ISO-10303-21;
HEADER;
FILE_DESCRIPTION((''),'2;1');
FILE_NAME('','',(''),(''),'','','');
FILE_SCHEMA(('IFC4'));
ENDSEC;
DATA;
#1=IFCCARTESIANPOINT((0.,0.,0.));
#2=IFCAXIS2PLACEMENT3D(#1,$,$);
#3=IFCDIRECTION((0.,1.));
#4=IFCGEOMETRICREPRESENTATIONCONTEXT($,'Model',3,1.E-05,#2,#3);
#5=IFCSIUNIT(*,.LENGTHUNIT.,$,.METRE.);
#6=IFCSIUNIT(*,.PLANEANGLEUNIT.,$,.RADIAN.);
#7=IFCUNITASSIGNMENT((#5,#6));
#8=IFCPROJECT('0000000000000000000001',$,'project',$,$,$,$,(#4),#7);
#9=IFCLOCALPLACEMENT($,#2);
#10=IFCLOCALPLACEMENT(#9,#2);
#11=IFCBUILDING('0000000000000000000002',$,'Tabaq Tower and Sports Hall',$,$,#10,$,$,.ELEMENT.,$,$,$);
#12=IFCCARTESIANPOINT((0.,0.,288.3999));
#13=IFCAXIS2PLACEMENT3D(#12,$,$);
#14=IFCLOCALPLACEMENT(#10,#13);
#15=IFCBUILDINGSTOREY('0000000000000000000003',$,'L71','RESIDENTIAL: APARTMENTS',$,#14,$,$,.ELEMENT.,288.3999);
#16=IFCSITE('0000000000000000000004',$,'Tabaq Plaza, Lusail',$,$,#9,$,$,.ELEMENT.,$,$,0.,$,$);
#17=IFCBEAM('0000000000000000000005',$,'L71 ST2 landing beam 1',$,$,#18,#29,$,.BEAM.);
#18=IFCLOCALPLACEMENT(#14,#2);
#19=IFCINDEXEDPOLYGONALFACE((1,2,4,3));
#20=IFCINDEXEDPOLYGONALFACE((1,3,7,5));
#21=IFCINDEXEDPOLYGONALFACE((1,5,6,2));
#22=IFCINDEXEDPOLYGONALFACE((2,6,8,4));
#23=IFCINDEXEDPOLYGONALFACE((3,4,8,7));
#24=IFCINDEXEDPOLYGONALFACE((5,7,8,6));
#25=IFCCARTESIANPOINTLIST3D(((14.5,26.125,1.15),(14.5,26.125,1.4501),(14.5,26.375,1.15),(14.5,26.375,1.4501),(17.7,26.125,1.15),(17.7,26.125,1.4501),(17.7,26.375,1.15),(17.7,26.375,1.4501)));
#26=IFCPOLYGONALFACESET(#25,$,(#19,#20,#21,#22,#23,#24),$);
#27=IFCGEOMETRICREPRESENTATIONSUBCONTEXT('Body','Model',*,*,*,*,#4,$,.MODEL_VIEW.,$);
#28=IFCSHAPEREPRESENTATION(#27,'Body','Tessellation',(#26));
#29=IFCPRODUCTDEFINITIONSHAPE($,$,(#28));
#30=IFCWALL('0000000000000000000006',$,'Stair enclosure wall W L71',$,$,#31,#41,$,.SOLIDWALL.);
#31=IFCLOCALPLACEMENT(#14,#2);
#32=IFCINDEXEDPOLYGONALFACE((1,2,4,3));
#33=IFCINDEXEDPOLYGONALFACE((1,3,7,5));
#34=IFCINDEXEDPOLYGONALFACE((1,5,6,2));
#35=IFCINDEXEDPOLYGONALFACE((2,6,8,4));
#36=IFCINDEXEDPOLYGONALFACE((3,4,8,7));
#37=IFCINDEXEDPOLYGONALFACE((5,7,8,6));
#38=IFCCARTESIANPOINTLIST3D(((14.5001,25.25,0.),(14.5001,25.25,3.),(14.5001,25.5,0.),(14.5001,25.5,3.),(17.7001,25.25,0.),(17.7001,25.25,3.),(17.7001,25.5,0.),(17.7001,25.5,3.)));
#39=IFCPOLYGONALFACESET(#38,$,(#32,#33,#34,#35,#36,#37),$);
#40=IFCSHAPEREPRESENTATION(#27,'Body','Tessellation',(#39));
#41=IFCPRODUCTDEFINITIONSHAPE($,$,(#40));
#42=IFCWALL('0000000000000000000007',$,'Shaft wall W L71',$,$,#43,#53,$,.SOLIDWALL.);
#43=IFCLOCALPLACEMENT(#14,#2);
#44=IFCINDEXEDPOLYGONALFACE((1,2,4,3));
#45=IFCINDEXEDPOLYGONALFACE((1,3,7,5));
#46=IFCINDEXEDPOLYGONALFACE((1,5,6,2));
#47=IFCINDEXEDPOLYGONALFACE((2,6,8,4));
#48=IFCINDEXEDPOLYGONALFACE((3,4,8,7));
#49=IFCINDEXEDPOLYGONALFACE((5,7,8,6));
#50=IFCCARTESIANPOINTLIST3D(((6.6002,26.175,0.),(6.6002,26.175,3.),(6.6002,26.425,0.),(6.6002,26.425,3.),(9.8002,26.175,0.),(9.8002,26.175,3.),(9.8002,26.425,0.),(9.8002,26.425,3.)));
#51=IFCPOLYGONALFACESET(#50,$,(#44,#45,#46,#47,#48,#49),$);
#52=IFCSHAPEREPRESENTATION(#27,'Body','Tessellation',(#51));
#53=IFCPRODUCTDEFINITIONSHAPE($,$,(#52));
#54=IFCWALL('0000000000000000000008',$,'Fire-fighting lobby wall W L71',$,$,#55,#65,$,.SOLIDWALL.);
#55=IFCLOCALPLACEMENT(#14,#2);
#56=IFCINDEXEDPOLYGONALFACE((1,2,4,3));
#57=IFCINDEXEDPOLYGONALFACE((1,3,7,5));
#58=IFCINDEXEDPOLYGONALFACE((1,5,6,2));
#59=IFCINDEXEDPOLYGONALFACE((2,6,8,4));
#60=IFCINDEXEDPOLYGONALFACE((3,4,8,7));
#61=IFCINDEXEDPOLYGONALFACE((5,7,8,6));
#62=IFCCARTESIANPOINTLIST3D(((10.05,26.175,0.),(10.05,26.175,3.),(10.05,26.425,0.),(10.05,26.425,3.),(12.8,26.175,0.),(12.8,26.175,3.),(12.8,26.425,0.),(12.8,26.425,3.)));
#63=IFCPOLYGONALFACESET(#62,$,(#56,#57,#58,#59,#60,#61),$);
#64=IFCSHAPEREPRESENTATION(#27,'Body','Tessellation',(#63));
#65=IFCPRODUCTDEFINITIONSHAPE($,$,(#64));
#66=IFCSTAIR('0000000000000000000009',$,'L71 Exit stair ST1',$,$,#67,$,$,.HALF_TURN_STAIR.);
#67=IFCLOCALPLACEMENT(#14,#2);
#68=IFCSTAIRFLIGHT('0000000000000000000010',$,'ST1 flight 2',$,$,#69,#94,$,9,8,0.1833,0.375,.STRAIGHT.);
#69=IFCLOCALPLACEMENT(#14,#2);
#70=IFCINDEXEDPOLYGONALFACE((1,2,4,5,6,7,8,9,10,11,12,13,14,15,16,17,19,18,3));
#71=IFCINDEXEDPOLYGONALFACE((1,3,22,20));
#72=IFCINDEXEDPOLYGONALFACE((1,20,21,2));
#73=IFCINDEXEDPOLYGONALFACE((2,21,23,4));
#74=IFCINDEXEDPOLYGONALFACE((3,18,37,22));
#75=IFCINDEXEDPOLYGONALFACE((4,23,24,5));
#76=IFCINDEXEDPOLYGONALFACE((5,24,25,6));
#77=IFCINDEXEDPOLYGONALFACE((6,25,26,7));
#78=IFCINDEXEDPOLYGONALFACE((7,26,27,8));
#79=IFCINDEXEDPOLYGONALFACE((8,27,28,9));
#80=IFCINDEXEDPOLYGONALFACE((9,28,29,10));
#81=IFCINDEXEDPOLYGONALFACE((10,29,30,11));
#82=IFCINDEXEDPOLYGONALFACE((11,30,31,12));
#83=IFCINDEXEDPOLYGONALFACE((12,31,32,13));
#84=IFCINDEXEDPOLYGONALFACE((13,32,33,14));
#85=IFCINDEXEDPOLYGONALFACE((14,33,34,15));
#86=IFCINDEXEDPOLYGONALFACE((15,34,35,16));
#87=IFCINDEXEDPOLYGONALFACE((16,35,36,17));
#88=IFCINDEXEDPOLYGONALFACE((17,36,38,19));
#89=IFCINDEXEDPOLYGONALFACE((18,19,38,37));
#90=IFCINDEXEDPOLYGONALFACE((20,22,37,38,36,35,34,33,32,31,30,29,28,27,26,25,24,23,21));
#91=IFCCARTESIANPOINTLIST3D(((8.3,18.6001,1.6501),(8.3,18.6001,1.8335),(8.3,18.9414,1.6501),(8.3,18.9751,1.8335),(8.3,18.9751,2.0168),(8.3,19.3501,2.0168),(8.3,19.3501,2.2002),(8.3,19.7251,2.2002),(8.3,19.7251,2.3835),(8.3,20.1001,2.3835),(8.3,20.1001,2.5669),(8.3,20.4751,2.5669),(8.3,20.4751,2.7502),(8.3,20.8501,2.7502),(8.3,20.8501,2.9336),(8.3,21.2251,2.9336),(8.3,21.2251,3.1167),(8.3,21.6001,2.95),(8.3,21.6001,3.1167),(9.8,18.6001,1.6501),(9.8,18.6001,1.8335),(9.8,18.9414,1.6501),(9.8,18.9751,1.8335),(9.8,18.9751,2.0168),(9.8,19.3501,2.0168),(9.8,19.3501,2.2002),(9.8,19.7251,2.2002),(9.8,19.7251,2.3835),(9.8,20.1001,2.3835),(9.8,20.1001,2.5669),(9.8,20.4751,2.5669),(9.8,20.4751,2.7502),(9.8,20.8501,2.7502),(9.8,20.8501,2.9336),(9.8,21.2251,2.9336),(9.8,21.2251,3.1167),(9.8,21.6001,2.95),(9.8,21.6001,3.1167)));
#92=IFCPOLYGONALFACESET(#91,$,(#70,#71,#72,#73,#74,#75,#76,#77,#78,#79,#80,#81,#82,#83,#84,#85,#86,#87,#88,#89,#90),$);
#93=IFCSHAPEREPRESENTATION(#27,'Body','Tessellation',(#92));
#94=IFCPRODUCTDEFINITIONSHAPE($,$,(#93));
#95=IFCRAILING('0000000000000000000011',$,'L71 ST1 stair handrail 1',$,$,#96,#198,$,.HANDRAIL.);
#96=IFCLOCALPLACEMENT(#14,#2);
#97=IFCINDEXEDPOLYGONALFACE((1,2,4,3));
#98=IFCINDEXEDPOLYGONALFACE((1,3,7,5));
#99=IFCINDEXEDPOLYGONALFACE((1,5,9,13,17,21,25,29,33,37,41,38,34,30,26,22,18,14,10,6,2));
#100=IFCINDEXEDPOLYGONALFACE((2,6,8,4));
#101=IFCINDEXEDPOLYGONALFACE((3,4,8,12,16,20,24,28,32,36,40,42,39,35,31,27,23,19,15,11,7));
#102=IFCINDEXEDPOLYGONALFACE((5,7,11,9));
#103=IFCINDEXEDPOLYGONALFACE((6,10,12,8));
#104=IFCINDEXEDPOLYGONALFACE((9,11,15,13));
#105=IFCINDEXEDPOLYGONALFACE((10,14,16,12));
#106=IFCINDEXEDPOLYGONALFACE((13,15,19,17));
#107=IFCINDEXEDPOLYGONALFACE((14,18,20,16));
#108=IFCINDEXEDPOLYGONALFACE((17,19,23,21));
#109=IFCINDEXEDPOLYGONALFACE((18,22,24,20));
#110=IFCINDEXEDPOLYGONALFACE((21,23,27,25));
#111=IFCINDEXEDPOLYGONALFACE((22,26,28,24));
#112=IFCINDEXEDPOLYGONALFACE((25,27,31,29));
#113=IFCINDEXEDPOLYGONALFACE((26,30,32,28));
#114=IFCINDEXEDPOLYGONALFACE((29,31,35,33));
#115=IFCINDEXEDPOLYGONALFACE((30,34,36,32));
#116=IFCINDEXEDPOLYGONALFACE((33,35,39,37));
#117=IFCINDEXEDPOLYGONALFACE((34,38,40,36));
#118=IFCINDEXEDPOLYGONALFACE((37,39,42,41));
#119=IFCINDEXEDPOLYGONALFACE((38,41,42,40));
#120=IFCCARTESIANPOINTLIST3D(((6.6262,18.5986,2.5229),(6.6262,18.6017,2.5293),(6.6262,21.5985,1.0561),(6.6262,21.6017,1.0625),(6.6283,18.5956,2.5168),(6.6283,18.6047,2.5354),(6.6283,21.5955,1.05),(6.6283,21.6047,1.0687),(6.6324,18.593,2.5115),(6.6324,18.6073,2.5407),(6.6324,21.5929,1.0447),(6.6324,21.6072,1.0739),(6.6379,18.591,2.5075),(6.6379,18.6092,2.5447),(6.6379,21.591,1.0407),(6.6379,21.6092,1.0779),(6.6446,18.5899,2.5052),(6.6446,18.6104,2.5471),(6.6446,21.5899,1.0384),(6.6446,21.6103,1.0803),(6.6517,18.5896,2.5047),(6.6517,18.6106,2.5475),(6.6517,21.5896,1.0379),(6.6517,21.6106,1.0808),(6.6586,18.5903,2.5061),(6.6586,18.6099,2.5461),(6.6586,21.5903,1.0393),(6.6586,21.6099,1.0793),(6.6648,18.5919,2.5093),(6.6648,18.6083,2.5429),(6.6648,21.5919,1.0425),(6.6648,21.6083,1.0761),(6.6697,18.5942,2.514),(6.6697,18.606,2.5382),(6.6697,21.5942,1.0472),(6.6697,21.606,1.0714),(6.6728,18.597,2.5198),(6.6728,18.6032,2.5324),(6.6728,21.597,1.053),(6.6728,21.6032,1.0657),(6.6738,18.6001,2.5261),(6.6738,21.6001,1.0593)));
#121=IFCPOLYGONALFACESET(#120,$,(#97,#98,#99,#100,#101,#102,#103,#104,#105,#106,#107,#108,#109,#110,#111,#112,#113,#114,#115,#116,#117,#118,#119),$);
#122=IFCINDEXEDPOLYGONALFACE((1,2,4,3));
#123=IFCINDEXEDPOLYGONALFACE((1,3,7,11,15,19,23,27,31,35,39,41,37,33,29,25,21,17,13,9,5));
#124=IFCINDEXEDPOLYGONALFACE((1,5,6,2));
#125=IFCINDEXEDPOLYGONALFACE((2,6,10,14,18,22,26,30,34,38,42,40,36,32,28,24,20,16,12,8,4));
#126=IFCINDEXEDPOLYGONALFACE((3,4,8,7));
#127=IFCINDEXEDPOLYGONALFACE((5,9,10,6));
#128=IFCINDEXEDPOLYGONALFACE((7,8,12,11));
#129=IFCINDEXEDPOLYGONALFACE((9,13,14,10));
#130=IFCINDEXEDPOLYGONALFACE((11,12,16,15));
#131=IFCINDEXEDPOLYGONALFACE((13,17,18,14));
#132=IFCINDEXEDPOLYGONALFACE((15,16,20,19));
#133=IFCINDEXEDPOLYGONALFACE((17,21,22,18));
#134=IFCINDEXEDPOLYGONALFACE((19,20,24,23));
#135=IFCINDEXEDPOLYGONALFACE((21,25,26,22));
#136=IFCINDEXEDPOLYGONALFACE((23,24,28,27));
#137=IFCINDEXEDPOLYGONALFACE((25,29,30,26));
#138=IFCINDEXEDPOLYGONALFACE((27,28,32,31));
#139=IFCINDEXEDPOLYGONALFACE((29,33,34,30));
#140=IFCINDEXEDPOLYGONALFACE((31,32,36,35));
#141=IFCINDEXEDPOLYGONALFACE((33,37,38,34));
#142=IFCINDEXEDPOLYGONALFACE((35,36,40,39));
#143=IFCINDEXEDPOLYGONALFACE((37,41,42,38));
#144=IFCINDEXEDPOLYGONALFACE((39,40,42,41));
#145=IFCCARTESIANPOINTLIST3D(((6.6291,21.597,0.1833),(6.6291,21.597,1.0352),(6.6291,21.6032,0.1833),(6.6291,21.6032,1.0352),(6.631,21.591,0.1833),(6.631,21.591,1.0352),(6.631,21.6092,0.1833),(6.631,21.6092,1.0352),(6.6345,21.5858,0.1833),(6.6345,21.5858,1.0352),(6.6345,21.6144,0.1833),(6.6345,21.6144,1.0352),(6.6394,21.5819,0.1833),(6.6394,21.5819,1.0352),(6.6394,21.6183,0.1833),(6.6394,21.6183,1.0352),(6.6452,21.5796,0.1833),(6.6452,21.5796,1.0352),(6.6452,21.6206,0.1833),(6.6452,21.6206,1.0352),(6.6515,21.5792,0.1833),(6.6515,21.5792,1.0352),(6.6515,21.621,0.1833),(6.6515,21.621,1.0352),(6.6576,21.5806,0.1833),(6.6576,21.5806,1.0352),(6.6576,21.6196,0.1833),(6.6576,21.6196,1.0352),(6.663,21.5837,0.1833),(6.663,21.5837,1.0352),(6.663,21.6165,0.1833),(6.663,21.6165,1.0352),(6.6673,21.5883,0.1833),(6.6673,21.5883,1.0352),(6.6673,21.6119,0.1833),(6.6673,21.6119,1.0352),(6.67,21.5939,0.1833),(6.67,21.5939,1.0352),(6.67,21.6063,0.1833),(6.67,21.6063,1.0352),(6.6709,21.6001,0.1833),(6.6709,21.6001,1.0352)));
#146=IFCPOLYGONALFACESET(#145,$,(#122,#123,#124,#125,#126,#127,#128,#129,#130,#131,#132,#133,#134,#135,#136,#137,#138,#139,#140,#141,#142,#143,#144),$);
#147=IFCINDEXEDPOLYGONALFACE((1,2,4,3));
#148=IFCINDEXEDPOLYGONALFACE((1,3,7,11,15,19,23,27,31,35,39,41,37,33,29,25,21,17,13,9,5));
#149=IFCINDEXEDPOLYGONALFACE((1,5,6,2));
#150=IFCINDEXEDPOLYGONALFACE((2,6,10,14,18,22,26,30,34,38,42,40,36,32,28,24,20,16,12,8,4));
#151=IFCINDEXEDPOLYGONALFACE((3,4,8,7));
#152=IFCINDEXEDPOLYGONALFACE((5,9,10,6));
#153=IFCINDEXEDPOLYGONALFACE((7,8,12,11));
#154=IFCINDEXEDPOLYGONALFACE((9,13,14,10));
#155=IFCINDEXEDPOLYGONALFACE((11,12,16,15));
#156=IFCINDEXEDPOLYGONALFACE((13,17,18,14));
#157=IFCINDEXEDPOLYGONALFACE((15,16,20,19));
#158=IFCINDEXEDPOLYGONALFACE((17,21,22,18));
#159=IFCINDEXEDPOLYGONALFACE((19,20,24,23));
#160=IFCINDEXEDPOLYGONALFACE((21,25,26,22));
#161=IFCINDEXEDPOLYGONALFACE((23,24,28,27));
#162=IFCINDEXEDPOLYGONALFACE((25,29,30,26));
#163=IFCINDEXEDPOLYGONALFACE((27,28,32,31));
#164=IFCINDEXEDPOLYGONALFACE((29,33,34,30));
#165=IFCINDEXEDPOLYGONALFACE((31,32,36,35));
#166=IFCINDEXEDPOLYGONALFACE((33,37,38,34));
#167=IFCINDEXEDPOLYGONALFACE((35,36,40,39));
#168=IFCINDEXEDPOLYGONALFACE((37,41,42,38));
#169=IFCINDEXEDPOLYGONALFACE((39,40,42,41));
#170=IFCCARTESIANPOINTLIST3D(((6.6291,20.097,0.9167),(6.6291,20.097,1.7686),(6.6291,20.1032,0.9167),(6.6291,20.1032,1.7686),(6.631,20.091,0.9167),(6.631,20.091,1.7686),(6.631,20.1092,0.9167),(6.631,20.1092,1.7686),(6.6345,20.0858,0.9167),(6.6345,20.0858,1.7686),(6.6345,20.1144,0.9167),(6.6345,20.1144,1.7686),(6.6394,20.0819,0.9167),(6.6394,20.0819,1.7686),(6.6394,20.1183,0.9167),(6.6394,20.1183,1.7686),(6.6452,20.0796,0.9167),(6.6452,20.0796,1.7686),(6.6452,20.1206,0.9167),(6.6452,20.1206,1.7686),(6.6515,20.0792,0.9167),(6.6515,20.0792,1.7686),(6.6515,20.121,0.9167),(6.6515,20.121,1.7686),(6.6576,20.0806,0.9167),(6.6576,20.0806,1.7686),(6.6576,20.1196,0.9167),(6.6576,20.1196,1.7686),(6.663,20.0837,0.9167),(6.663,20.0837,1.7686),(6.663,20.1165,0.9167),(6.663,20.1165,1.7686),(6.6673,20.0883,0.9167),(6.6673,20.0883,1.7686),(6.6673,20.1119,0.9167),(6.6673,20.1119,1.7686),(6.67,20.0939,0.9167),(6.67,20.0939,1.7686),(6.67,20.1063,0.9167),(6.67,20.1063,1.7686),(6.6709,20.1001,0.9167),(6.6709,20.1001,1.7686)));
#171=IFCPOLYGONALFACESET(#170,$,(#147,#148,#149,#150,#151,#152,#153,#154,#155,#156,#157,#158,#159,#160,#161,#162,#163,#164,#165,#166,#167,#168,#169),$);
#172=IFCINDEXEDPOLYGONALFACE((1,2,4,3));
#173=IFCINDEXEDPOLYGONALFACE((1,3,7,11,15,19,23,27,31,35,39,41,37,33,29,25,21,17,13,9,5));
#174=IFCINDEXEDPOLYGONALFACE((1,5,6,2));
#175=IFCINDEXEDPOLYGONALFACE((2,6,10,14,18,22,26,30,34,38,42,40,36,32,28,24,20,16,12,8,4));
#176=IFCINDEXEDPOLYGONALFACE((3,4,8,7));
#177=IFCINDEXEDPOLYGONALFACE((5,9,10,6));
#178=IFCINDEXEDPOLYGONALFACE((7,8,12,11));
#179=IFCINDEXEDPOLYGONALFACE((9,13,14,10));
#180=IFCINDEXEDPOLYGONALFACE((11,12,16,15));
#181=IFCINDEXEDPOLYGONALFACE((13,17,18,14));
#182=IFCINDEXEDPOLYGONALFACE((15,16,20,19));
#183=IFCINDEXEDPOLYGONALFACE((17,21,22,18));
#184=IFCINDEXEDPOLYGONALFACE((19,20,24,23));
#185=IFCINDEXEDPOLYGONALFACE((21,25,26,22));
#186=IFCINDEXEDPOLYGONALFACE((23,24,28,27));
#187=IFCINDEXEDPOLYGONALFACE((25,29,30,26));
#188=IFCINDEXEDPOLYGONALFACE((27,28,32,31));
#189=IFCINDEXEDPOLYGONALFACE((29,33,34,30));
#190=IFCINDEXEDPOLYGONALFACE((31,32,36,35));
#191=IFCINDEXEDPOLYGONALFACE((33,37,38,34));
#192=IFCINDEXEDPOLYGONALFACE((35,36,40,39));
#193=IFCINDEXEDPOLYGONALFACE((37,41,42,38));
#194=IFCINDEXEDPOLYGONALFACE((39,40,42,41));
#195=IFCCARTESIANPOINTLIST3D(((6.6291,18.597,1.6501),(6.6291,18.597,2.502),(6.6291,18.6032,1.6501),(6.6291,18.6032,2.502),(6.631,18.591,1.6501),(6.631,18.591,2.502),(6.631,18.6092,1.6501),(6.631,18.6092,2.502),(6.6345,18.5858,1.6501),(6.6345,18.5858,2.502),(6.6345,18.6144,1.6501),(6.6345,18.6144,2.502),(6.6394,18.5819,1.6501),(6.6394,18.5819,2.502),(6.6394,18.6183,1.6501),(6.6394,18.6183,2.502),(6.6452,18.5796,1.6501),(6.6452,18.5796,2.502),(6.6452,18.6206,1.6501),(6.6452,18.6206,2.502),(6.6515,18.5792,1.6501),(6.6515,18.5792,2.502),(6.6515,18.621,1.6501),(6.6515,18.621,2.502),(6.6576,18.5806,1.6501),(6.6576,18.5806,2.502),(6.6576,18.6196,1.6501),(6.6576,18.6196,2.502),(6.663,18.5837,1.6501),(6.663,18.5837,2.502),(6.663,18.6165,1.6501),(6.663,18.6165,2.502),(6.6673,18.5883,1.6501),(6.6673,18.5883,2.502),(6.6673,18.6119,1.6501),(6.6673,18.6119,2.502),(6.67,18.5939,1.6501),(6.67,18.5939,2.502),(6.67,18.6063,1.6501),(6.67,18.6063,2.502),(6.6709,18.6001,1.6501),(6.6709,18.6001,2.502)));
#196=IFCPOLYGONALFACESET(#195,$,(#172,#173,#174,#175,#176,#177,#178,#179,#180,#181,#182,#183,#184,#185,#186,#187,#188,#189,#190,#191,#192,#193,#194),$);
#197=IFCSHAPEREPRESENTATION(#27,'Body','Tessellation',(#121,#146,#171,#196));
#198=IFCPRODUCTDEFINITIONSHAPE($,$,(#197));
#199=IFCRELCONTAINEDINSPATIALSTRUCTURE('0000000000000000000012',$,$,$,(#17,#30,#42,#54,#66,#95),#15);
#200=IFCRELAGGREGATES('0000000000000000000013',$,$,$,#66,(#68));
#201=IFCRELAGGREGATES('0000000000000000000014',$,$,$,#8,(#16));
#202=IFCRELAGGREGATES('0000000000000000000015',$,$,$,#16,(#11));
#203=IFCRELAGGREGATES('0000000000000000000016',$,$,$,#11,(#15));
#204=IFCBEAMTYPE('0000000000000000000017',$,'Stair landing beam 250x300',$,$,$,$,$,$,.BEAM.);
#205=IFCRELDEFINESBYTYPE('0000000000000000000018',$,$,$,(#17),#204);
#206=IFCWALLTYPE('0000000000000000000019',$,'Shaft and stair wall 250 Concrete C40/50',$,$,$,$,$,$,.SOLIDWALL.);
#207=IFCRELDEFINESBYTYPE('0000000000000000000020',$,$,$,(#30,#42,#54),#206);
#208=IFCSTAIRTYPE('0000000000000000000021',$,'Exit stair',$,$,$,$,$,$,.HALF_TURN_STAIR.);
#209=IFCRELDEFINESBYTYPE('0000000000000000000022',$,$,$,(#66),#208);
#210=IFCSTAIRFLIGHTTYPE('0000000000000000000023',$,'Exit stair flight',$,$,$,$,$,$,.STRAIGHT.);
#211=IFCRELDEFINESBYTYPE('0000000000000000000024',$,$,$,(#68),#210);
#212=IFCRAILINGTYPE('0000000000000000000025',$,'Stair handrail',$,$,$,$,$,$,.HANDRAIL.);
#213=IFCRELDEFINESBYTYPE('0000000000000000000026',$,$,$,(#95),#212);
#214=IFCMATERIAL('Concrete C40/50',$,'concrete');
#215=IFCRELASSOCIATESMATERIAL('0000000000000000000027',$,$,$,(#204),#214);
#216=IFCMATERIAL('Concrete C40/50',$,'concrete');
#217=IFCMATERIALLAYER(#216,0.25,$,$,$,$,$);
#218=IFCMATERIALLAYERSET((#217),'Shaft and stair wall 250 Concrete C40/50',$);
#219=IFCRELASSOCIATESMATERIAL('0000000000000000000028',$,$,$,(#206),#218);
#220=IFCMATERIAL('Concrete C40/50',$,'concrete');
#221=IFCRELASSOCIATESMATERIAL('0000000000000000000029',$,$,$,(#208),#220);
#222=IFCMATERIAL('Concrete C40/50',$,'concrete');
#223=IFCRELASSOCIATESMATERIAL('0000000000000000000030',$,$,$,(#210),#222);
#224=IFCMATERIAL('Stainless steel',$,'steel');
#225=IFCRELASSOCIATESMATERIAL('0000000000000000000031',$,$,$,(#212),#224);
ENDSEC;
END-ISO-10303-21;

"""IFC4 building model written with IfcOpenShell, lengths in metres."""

from ifc_helpers import new_model, si_unit, direction, frame, frame_2d, origin, origin_2d, place, context, subcontext, project, spatial, polyline, rectangle, circle, outline, extrude, material, layer, layer_set, material_profile, profile_set, type_object, element, aggregate, save


model = new_model("IFC4")

# Units and contexts
model_context = context("Model", 3, precision=1e-05, world=origin(), true_north=direction((0.0, 1.0)))
body_context = subcontext(model_context, "Body", "Model", "MODEL_VIEW")
ifc_project = project(units=[si_unit("LENGTHUNIT", "METRE"), si_unit("PLANEANGLEUNIT", "RADIAN")], contexts=[model_context])

# Site, building, storey
site_placement = place(None, origin())
site = spatial("IfcSite", under=ifc_project, at=site_placement, Name="Tabaq Plaza, Lusail", CompositionType="ELEMENT", RefElevation=0.0)
building_placement = place(site_placement, origin())
building = spatial("IfcBuilding", under=site, at=building_placement, Name="Tabaq Tower and Sports Hall", CompositionType="ELEMENT")
storey_placement = place(building_placement, frame((0.0, 0.0, 288.3999)))
storey = spatial("IfcBuildingStorey", under=building, at=storey_placement, Name="L71", Description="RESIDENTIAL: APARTMENTS", CompositionType="ELEMENT", Elevation=288.3999)

# Beam
ifc_material_1 = material(Name="Concrete C40/50", Category="concrete")
ifc_material_profile = material_profile(ifc_material_1, rectangle(XDim=0.25, YDim=0.3, at=origin_2d()), Name="RC 250x300")
ifc_profile_set = profile_set([ifc_material_profile], Name="Concrete C40/50")
beam_type = type_object("IfcBeamType", Name="Stair landing beam 250x300", PredefinedType="BEAM", material=ifc_profile_set)
beam_placement = place(storey_placement, frame((14.5, 26.25, 1.3), z_axis=(1.0, 0.0, 0.0), x_axis=(0.0, 1.0, 0.0)))
element("IfcBeam", 1, at=beam_placement, inside=storey, type_object=beam_type, Name="L71 ST2 landing beam 1", PredefinedType="BEAM", context=body_context, shape_type="SweptSolid", body=[
    extrude(rectangle(XDim=0.25, YDim=0.3, at=origin_2d()), origin(), (0.0, 0.0, 1.0), 3.2),
])

# Walls
ifc_material_2 = material(Name="Concrete C40/50", Category="concrete")
ifc_layer = layer(ifc_material_2, 0.25)
ifc_layer_set = layer_set([ifc_layer], Name="Shaft and stair wall 250 Concrete C40/50")
wall_type = type_object("IfcWallType", Name="Shaft and stair wall 250 Concrete C40/50", PredefinedType="SOLIDWALL", material=ifc_layer_set)
for number, where, z_axis, x_axis, name in (
    (2, (14.5, 25.375, 0.0), (0.0, 0.0, 1.0), (1.0, 0.0, 0.0), "Stair enclosure wall W L71"),
    (3, (6.6001, 26.3, 0.0), (0.0, 0.0, 1.0), (1.0, 0.0, 0.0), "Shaft wall W L71"),
):
    element("IfcWall", number, at=place(storey_placement, frame(where, z_axis=z_axis, x_axis=x_axis)), inside=storey, type_object=wall_type, Name=name, PredefinedType="SOLIDWALL", context=body_context, shape_type="SweptSolid", body=[
        extrude(rectangle(XDim=3.2, YDim=0.25, at=frame_2d((1.6001, 0.0))), origin(), (0.0, 0.0, 1.0), 3.0),
    ])
wall_placement = place(storey_placement, frame((10.05, 26.3, 0.0), z_axis=(0.0, 0.0, 1.0), x_axis=(1.0, 0.0, 0.0)))
element("IfcWall", 4, at=wall_placement, inside=storey, type_object=wall_type, Name="Fire-fighting lobby wall W L71", PredefinedType="SOLIDWALL", context=body_context, shape_type="SweptSolid", body=[
    extrude(rectangle(XDim=2.75, YDim=0.25, at=frame_2d((1.375, 0.0))), origin(), (0.0, 0.0, 1.0), 3.0),
])

# Stair, stair flight
ifc_material_3 = material(Name="Concrete C40/50", Category="concrete")
stair_type = type_object("IfcStairType", Name="Exit stair", PredefinedType="HALF_TURN_STAIR", material=ifc_material_3)
stair_placement = place(storey_placement, origin())
stair = element("IfcStair", 5, at=stair_placement, inside=storey, type_object=stair_type, Name="L71 Exit stair ST1", PredefinedType="HALF_TURN_STAIR")
ifc_material_4 = material(Name="Concrete C40/50", Category="concrete")
stair_flight_type = type_object("IfcStairFlightType", Name="Exit stair flight", PredefinedType="STRAIGHT", material=ifc_material_4)
stair_flight_placement = place(storey_placement, frame((9.05, 18.6001, 1.6501), z_axis=(0.0, 0.0, 1.0), x_axis=(0.0, 1.0, 0.0)))
stair_flight = element("IfcStairFlight", 6, at=stair_flight_placement, type_object=stair_flight_type, Name="ST1 flight 2", NumberOfRisers=9, NumberOfTreads=8, PredefinedType="STRAIGHT", RiserHeight=0.1833, TreadLength=0.375, context=body_context, shape_type="SweptSolid", body=[
    extrude(outline(polyline([(0.0, 0.0), (0.0, 0.1833), (0.375, 0.1833), (0.375, 0.3667), (0.75, 0.3667), (0.75, 0.55), (1.125, 0.55), (1.125, 0.7334), (1.5, 0.7334), (1.5, 0.9167), (1.875, 0.9167), (1.875, 1.1001), (2.25, 1.1001), (2.25, 1.2834), (2.625, 1.2834), (2.625, 1.4666), (3.0, 1.4666), (3.0, 1.6499), (3.0, 1.2998), (0.3413, 0.0), (0.0, 0.0)])), frame((0.0, 0.75, 0.0), z_axis=(0.0, -1.0, 0.0), x_axis=(1.0, 0.0, 0.0)), (0.0, 0.0, 1.0), 1.5),
])
aggregate(stair, [stair_flight])

# Railing
ifc_material_5 = material(Name="Stainless steel", Category="steel")
railing_type = type_object("IfcRailingType", Name="Stair handrail", PredefinedType="HANDRAIL", material=ifc_material_5)
railing_1_placement = place(storey_placement, frame((6.6499, 21.6001, 0.1833)))
element("IfcRailing", 7, at=railing_1_placement, inside=storey, type_object=railing_type, Name="L71 ST1 stair handrail 1", PredefinedType="HANDRAIL", context=body_context, shape_type="SweptSolid", body=[
    extrude(circle(Radius=0.0239, at=origin_2d()), frame((0.0, 0.0, 0.876), z_axis=(0.0, -0.898369, 0.439242), x_axis=(1.0, 0.0, 0.0)), (0.0, 0.0, 1.0), 3.3394),
    extrude(circle(Radius=0.021, at=origin_2d()), origin(), (0.0, 0.0, 1.0), 0.8518),
    extrude(circle(Radius=0.021, at=origin_2d()), frame((0.0, -1.5, 0.7334)), (0.0, 0.0, 1.0), 0.8518),
    extrude(circle(Radius=0.021, at=origin_2d()), frame((0.0, -3.0, 1.4668)), (0.0, 0.0, 1.0), 0.8518),
])

save(model, "model.ifc")
